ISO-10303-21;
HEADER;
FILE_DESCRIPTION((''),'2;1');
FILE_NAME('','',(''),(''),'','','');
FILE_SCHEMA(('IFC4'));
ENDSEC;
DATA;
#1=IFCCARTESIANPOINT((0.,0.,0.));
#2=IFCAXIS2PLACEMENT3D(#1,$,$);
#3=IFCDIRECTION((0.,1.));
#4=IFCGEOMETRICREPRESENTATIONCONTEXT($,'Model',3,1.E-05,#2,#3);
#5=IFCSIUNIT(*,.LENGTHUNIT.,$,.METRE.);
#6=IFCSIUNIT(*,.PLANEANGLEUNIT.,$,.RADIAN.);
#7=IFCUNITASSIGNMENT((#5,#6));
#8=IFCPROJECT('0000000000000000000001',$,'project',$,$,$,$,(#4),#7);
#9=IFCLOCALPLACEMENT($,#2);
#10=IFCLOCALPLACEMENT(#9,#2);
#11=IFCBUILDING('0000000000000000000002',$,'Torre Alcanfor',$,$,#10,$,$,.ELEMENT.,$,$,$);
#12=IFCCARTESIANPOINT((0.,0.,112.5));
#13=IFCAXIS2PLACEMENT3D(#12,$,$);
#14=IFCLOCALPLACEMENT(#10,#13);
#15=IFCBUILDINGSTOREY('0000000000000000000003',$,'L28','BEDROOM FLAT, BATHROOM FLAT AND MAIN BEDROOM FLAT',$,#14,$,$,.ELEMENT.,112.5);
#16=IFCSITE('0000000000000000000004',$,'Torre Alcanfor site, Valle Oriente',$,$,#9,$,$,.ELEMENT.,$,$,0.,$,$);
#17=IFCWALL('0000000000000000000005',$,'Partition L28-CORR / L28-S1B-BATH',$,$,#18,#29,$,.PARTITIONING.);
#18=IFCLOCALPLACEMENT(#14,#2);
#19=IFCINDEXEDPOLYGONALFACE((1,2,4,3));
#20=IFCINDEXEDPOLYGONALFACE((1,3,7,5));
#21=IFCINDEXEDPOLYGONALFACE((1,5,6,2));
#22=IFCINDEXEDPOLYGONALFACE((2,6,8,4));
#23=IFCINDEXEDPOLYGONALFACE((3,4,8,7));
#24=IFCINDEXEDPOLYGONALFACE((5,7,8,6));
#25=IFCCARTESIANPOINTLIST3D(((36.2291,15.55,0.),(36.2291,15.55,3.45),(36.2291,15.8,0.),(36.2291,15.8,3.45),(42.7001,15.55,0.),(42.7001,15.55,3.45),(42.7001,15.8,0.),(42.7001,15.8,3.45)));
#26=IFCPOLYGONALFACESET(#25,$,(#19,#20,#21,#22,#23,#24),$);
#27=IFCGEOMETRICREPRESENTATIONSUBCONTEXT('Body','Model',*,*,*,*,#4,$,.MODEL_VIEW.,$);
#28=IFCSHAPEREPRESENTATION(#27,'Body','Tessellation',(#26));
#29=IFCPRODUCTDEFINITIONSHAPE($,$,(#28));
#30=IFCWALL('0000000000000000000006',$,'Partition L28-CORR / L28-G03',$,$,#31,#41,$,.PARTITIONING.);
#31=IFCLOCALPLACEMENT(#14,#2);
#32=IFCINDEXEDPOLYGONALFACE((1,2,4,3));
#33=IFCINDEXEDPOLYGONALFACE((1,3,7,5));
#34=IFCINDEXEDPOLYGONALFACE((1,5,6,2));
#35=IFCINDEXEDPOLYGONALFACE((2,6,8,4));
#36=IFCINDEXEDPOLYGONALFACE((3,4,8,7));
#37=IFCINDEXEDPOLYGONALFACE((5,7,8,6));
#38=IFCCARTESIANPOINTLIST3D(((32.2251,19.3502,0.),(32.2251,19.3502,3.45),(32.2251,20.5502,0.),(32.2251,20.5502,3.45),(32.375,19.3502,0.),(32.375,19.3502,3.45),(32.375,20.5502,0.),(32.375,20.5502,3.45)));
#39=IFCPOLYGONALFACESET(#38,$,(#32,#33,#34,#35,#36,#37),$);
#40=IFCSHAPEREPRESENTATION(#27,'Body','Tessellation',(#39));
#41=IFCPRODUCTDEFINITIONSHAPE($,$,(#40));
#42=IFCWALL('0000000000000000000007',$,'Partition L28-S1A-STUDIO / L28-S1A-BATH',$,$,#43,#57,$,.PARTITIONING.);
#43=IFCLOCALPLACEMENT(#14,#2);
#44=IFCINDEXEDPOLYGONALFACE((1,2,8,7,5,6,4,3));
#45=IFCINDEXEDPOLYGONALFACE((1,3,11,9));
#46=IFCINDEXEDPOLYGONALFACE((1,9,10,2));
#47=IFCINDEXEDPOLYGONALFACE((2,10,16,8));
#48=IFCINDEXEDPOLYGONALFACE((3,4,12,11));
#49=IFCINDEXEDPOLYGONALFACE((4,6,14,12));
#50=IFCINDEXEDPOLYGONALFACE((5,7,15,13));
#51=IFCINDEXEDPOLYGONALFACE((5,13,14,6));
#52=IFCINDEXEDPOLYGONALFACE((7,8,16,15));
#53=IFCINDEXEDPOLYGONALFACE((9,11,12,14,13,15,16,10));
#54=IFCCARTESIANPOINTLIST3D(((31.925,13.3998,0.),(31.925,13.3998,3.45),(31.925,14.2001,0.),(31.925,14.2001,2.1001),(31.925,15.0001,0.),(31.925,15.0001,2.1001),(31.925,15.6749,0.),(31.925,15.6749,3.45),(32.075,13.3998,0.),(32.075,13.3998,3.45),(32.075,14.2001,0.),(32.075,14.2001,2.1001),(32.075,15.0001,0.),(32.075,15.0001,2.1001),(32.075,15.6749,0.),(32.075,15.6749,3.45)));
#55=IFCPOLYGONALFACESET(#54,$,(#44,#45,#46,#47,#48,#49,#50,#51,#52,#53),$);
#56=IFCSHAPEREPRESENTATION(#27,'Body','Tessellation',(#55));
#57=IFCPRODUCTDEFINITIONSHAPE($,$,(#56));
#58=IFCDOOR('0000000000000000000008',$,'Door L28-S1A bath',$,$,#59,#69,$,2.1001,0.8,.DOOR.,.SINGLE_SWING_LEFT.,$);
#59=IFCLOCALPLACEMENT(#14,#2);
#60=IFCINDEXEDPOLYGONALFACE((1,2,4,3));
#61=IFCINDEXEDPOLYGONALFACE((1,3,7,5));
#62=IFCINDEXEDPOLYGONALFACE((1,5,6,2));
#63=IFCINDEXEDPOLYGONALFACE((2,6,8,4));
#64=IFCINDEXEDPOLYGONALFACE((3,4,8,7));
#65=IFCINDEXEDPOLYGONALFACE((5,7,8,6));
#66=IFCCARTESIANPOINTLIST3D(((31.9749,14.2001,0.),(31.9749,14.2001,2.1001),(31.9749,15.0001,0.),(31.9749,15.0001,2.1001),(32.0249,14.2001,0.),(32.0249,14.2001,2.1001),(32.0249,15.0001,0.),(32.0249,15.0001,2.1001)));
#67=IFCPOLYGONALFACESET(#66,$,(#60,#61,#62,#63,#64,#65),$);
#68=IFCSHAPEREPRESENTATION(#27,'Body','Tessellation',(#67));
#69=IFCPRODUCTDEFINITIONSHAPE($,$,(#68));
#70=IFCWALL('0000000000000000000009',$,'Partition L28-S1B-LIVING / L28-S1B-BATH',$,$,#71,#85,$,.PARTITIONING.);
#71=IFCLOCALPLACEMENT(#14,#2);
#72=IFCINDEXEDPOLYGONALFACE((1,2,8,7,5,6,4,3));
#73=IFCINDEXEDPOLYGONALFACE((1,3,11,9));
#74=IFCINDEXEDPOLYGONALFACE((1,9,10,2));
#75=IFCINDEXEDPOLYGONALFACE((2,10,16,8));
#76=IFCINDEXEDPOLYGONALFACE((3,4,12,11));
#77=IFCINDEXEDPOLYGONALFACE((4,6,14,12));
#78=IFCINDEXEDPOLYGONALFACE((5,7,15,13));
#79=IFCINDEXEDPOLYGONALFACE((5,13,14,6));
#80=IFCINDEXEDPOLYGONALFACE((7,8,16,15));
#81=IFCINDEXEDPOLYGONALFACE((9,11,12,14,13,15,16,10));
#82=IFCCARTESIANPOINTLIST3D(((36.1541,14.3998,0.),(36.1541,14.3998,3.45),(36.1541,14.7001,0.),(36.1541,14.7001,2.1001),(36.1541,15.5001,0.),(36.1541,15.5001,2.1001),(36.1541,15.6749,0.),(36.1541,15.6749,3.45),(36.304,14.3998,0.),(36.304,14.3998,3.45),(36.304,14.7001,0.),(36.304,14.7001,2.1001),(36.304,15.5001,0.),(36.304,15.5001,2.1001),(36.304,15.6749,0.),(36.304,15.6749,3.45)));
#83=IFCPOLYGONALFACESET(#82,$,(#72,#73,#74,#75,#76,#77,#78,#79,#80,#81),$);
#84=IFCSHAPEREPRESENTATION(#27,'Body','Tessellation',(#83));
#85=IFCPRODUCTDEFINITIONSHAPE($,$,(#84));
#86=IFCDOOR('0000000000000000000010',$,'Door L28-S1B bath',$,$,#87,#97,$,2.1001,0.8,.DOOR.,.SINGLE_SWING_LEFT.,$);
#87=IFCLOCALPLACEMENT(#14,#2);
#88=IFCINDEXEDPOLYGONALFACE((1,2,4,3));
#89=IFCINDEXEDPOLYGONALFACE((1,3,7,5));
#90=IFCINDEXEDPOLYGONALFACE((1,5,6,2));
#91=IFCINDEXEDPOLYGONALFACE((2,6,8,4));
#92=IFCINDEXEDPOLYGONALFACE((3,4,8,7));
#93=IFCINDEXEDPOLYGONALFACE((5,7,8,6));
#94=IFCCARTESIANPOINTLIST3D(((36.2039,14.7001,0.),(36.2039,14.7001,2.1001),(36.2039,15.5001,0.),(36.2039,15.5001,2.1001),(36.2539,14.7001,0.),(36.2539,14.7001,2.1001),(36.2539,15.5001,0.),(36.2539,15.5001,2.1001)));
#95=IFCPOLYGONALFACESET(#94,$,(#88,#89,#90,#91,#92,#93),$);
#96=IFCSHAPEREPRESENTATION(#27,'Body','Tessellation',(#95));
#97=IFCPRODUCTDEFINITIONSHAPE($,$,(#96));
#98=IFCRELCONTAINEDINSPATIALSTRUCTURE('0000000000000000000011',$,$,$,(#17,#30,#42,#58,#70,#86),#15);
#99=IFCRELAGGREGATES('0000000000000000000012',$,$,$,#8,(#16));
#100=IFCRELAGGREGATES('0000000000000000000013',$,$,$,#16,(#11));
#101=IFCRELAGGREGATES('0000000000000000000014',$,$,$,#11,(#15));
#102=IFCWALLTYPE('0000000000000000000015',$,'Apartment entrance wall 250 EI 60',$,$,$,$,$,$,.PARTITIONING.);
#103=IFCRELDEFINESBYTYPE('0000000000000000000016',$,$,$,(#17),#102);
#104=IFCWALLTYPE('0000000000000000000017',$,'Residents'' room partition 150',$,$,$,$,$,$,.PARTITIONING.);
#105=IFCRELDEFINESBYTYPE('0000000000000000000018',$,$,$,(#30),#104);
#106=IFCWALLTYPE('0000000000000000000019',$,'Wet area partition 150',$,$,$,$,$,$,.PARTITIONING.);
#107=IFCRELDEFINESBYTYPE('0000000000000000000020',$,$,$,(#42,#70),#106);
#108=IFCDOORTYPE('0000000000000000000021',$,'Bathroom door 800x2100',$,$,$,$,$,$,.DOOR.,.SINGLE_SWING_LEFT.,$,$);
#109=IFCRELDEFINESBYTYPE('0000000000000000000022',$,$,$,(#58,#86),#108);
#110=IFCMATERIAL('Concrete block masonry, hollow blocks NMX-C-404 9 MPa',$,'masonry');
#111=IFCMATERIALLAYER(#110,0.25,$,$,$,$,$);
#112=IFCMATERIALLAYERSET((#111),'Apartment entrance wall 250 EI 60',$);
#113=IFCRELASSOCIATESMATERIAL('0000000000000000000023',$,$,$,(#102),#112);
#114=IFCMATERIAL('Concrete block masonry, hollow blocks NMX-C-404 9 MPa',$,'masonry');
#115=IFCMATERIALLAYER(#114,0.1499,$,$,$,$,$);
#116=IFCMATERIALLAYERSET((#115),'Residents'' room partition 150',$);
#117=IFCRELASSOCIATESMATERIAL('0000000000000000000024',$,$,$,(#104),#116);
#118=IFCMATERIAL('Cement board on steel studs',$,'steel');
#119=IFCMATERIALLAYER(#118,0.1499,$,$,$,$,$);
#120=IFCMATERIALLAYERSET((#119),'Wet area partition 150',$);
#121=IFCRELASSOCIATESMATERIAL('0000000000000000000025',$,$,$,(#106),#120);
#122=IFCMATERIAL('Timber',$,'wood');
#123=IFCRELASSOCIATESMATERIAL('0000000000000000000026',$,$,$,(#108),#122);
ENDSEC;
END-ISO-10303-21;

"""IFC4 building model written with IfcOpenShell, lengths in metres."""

from ifc_helpers import new_model, si_unit, direction, frame, frame_2d, origin, place, context, subcontext, project, spatial, rectangle, extrude, material, layer, layer_set, type_object, element, fill, save


model = new_model("IFC4")

# Units and contexts
model_context = context("Model", 3, precision=1e-05, world=origin(), true_north=direction((0.0, 1.0)))
body_context = subcontext(model_context, "Body", "Model", "MODEL_VIEW")
ifc_project = project(units=[si_unit("LENGTHUNIT", "METRE"), si_unit("PLANEANGLEUNIT", "RADIAN")], contexts=[model_context])

# Site, building, storey
site_placement = place(None, origin())
site = spatial("IfcSite", under=ifc_project, at=site_placement, Name="Torre Alcanfor site, Valle Oriente", CompositionType="ELEMENT", RefElevation=0.0)
building_placement = place(site_placement, origin())
building = spatial("IfcBuilding", under=site, at=building_placement, Name="Torre Alcanfor", CompositionType="ELEMENT")
storey_placement = place(building_placement, frame((0.0, 0.0, 112.5)))
storey = spatial("IfcBuildingStorey", under=building, at=storey_placement, Name="L28", Description="BEDROOM FLAT, BATHROOM FLAT AND MAIN BEDROOM FLAT", CompositionType="ELEMENT", Elevation=112.5)

# Shared definitions
ifc_material_1 = material(Name="Concrete block masonry, hollow blocks NMX-C-404 9 MPa", Category="masonry")
ifc_layer_1 = layer(ifc_material_1, 0.25)
ifc_layer_set_1 = layer_set([ifc_layer_1], Name="Apartment entrance wall 250 EI 60")
wall_type_1 = type_object("IfcWallType", Name="Apartment entrance wall 250 EI 60", PredefinedType="PARTITIONING", material=ifc_layer_set_1)

# Walls
wall_1_placement = place(storey_placement, frame((42.7, 15.675, 0.0), z_axis=(0.0, 0.0, 1.0), x_axis=(-1.0, 0.0, 0.0)))
element("IfcWall", 1, at=wall_1_placement, inside=storey, type_object=wall_type_1, Name="Partition L28-CORR / L28-S1B-BATH", PredefinedType="PARTITIONING", context=body_context, shape_type="SweptSolid", body=[
    extrude(rectangle(XDim=6.4709, YDim=0.25, at=frame_2d((3.2354, 0.0))), origin(), (0.0, 0.0, 1.0), 3.45),
])
ifc_material_2 = material(Name="Concrete block masonry, hollow blocks NMX-C-404 9 MPa", Category="masonry")
ifc_layer_2 = layer(ifc_material_2, 0.1499)
ifc_layer_set_2 = layer_set([ifc_layer_2], Name="Residents' room partition 150")
wall_type_2 = type_object("IfcWallType", Name="Residents' room partition 150", PredefinedType="PARTITIONING", material=ifc_layer_set_2)
wall_2_placement = place(storey_placement, frame((32.3, 19.3501, 0.0), z_axis=(0.0, 0.0, 1.0), x_axis=(0.0, 1.0, 0.0)))
element("IfcWall", 2, at=wall_2_placement, inside=storey, type_object=wall_type_2, Name="Partition L28-CORR / L28-G03", PredefinedType="PARTITIONING", context=body_context, shape_type="SweptSolid", body=[
    extrude(rectangle(XDim=1.2, YDim=0.1499, at=frame_2d((0.6001, 0.0))), origin(), (0.0, 0.0, 1.0), 3.45),
])

# Walls, openings, doors
ifc_material_3 = material(Name="Cement board on steel studs", Category="steel")
ifc_layer_3 = layer(ifc_material_3, 0.1499)
ifc_layer_set_3 = layer_set([ifc_layer_3], Name="Wet area partition 150")
wall_type_3 = type_object("IfcWallType", Name="Wet area partition 150", PredefinedType="PARTITIONING", material=ifc_layer_set_3)
wall_3_placement = place(storey_placement, frame((32.0, 15.675, 0.0), z_axis=(0.0, 0.0, 1.0), x_axis=(0.0, -1.0, 0.0)))
wall_3 = element("IfcWall", 3, at=wall_3_placement, inside=storey, type_object=wall_type_3, Name="Partition L28-S1A-STUDIO / L28-S1A-BATH", PredefinedType="PARTITIONING", context=body_context, shape_type="SweptSolid", body=[
    extrude(rectangle(XDim=2.2751, YDim=0.1499, at=frame_2d((1.1377, 0.0))), origin(), (0.0, 0.0, 1.0), 3.45),
])
opening_1_placement = place(wall_3_placement, frame((0.675, 0.0, 0.0)))
opening_1 = element("IfcOpeningElement", 4, at=opening_1_placement, cuts=wall_3, PredefinedType="OPENING", context=body_context, shape_type="SweptSolid", body=[
    extrude(rectangle(XDim=0.8, YDim=2.1001, at=frame_2d((0.3999, 1.05))), frame((0.0, 0.085, 0.0), z_axis=(0.0, -1.0, 0.0), x_axis=(1.0, 0.0, 0.0)), (0.0, 0.0, 1.0), 0.1699),
])
ifc_material_4 = material(Name="Timber", Category="wood")
door_type_1 = type_object("IfcDoorType", Name="Bathroom door 800x2100", OperationType="SINGLE_SWING_LEFT", PredefinedType="DOOR", material=ifc_material_4)
door_1_placement = place(opening_1_placement, origin())
door_1 = element("IfcDoor", 5, at=door_1_placement, inside=storey, type_object=door_type_1, Name="Door L28-S1A bath", OperationType="SINGLE_SWING_LEFT", OverallHeight=2.1001, OverallWidth=0.8, PredefinedType="DOOR", context=body_context, shape_type="SweptSolid", body=[
    extrude(rectangle(XDim=0.8, YDim=2.1001, at=frame_2d((0.3999, 1.05))), frame((0.0, 0.0249, 0.0), z_axis=(0.0, -1.0, 0.0), x_axis=(1.0, 0.0, 0.0)), (0.0, 0.0, 1.0), 0.05),
])
fill(opening_1, door_1)
wall_4_placement = place(storey_placement, frame((36.229, 15.675, 0.0), z_axis=(0.0, 0.0, 1.0), x_axis=(0.0, -1.0, 0.0)))
wall_4 = element("IfcWall", 6, at=wall_4_placement, inside=storey, type_object=wall_type_3, Name="Partition L28-S1B-LIVING / L28-S1B-BATH", PredefinedType="PARTITIONING", context=body_context, shape_type="SweptSolid", body=[
    extrude(rectangle(XDim=1.2751, YDim=0.1499, at=frame_2d((0.6377, 0.0))), origin(), (0.0, 0.0, 1.0), 3.45),
])
opening_2_placement = place(wall_4_placement, frame((0.175, 0.0, 0.0)))
opening_2 = element("IfcOpeningElement", 7, at=opening_2_placement, cuts=wall_4, PredefinedType="OPENING", context=body_context, shape_type="SweptSolid", body=[
    extrude(rectangle(XDim=0.8, YDim=2.1001, at=frame_2d((0.3999, 1.05))), frame((0.0, 0.085, 0.0), z_axis=(0.0, -1.0, 0.0), x_axis=(1.0, 0.0, 0.0)), (0.0, 0.0, 1.0), 0.1699),
])
door_2_placement = place(opening_2_placement, origin())
door_2 = element("IfcDoor", 8, at=door_2_placement, inside=storey, type_object=door_type_1, Name="Door L28-S1B bath", OperationType="SINGLE_SWING_LEFT", OverallHeight=2.1001, OverallWidth=0.8, PredefinedType="DOOR", context=body_context, shape_type="SweptSolid", body=[
    extrude(rectangle(XDim=0.8, YDim=2.1001, at=frame_2d((0.3999, 1.05))), frame((0.0, 0.0249, 0.0), z_axis=(0.0, -1.0, 0.0), x_axis=(1.0, 0.0, 0.0)), (0.0, 0.0, 1.0), 0.05),
])
fill(opening_2, door_2)

save(model, "model.ifc")
